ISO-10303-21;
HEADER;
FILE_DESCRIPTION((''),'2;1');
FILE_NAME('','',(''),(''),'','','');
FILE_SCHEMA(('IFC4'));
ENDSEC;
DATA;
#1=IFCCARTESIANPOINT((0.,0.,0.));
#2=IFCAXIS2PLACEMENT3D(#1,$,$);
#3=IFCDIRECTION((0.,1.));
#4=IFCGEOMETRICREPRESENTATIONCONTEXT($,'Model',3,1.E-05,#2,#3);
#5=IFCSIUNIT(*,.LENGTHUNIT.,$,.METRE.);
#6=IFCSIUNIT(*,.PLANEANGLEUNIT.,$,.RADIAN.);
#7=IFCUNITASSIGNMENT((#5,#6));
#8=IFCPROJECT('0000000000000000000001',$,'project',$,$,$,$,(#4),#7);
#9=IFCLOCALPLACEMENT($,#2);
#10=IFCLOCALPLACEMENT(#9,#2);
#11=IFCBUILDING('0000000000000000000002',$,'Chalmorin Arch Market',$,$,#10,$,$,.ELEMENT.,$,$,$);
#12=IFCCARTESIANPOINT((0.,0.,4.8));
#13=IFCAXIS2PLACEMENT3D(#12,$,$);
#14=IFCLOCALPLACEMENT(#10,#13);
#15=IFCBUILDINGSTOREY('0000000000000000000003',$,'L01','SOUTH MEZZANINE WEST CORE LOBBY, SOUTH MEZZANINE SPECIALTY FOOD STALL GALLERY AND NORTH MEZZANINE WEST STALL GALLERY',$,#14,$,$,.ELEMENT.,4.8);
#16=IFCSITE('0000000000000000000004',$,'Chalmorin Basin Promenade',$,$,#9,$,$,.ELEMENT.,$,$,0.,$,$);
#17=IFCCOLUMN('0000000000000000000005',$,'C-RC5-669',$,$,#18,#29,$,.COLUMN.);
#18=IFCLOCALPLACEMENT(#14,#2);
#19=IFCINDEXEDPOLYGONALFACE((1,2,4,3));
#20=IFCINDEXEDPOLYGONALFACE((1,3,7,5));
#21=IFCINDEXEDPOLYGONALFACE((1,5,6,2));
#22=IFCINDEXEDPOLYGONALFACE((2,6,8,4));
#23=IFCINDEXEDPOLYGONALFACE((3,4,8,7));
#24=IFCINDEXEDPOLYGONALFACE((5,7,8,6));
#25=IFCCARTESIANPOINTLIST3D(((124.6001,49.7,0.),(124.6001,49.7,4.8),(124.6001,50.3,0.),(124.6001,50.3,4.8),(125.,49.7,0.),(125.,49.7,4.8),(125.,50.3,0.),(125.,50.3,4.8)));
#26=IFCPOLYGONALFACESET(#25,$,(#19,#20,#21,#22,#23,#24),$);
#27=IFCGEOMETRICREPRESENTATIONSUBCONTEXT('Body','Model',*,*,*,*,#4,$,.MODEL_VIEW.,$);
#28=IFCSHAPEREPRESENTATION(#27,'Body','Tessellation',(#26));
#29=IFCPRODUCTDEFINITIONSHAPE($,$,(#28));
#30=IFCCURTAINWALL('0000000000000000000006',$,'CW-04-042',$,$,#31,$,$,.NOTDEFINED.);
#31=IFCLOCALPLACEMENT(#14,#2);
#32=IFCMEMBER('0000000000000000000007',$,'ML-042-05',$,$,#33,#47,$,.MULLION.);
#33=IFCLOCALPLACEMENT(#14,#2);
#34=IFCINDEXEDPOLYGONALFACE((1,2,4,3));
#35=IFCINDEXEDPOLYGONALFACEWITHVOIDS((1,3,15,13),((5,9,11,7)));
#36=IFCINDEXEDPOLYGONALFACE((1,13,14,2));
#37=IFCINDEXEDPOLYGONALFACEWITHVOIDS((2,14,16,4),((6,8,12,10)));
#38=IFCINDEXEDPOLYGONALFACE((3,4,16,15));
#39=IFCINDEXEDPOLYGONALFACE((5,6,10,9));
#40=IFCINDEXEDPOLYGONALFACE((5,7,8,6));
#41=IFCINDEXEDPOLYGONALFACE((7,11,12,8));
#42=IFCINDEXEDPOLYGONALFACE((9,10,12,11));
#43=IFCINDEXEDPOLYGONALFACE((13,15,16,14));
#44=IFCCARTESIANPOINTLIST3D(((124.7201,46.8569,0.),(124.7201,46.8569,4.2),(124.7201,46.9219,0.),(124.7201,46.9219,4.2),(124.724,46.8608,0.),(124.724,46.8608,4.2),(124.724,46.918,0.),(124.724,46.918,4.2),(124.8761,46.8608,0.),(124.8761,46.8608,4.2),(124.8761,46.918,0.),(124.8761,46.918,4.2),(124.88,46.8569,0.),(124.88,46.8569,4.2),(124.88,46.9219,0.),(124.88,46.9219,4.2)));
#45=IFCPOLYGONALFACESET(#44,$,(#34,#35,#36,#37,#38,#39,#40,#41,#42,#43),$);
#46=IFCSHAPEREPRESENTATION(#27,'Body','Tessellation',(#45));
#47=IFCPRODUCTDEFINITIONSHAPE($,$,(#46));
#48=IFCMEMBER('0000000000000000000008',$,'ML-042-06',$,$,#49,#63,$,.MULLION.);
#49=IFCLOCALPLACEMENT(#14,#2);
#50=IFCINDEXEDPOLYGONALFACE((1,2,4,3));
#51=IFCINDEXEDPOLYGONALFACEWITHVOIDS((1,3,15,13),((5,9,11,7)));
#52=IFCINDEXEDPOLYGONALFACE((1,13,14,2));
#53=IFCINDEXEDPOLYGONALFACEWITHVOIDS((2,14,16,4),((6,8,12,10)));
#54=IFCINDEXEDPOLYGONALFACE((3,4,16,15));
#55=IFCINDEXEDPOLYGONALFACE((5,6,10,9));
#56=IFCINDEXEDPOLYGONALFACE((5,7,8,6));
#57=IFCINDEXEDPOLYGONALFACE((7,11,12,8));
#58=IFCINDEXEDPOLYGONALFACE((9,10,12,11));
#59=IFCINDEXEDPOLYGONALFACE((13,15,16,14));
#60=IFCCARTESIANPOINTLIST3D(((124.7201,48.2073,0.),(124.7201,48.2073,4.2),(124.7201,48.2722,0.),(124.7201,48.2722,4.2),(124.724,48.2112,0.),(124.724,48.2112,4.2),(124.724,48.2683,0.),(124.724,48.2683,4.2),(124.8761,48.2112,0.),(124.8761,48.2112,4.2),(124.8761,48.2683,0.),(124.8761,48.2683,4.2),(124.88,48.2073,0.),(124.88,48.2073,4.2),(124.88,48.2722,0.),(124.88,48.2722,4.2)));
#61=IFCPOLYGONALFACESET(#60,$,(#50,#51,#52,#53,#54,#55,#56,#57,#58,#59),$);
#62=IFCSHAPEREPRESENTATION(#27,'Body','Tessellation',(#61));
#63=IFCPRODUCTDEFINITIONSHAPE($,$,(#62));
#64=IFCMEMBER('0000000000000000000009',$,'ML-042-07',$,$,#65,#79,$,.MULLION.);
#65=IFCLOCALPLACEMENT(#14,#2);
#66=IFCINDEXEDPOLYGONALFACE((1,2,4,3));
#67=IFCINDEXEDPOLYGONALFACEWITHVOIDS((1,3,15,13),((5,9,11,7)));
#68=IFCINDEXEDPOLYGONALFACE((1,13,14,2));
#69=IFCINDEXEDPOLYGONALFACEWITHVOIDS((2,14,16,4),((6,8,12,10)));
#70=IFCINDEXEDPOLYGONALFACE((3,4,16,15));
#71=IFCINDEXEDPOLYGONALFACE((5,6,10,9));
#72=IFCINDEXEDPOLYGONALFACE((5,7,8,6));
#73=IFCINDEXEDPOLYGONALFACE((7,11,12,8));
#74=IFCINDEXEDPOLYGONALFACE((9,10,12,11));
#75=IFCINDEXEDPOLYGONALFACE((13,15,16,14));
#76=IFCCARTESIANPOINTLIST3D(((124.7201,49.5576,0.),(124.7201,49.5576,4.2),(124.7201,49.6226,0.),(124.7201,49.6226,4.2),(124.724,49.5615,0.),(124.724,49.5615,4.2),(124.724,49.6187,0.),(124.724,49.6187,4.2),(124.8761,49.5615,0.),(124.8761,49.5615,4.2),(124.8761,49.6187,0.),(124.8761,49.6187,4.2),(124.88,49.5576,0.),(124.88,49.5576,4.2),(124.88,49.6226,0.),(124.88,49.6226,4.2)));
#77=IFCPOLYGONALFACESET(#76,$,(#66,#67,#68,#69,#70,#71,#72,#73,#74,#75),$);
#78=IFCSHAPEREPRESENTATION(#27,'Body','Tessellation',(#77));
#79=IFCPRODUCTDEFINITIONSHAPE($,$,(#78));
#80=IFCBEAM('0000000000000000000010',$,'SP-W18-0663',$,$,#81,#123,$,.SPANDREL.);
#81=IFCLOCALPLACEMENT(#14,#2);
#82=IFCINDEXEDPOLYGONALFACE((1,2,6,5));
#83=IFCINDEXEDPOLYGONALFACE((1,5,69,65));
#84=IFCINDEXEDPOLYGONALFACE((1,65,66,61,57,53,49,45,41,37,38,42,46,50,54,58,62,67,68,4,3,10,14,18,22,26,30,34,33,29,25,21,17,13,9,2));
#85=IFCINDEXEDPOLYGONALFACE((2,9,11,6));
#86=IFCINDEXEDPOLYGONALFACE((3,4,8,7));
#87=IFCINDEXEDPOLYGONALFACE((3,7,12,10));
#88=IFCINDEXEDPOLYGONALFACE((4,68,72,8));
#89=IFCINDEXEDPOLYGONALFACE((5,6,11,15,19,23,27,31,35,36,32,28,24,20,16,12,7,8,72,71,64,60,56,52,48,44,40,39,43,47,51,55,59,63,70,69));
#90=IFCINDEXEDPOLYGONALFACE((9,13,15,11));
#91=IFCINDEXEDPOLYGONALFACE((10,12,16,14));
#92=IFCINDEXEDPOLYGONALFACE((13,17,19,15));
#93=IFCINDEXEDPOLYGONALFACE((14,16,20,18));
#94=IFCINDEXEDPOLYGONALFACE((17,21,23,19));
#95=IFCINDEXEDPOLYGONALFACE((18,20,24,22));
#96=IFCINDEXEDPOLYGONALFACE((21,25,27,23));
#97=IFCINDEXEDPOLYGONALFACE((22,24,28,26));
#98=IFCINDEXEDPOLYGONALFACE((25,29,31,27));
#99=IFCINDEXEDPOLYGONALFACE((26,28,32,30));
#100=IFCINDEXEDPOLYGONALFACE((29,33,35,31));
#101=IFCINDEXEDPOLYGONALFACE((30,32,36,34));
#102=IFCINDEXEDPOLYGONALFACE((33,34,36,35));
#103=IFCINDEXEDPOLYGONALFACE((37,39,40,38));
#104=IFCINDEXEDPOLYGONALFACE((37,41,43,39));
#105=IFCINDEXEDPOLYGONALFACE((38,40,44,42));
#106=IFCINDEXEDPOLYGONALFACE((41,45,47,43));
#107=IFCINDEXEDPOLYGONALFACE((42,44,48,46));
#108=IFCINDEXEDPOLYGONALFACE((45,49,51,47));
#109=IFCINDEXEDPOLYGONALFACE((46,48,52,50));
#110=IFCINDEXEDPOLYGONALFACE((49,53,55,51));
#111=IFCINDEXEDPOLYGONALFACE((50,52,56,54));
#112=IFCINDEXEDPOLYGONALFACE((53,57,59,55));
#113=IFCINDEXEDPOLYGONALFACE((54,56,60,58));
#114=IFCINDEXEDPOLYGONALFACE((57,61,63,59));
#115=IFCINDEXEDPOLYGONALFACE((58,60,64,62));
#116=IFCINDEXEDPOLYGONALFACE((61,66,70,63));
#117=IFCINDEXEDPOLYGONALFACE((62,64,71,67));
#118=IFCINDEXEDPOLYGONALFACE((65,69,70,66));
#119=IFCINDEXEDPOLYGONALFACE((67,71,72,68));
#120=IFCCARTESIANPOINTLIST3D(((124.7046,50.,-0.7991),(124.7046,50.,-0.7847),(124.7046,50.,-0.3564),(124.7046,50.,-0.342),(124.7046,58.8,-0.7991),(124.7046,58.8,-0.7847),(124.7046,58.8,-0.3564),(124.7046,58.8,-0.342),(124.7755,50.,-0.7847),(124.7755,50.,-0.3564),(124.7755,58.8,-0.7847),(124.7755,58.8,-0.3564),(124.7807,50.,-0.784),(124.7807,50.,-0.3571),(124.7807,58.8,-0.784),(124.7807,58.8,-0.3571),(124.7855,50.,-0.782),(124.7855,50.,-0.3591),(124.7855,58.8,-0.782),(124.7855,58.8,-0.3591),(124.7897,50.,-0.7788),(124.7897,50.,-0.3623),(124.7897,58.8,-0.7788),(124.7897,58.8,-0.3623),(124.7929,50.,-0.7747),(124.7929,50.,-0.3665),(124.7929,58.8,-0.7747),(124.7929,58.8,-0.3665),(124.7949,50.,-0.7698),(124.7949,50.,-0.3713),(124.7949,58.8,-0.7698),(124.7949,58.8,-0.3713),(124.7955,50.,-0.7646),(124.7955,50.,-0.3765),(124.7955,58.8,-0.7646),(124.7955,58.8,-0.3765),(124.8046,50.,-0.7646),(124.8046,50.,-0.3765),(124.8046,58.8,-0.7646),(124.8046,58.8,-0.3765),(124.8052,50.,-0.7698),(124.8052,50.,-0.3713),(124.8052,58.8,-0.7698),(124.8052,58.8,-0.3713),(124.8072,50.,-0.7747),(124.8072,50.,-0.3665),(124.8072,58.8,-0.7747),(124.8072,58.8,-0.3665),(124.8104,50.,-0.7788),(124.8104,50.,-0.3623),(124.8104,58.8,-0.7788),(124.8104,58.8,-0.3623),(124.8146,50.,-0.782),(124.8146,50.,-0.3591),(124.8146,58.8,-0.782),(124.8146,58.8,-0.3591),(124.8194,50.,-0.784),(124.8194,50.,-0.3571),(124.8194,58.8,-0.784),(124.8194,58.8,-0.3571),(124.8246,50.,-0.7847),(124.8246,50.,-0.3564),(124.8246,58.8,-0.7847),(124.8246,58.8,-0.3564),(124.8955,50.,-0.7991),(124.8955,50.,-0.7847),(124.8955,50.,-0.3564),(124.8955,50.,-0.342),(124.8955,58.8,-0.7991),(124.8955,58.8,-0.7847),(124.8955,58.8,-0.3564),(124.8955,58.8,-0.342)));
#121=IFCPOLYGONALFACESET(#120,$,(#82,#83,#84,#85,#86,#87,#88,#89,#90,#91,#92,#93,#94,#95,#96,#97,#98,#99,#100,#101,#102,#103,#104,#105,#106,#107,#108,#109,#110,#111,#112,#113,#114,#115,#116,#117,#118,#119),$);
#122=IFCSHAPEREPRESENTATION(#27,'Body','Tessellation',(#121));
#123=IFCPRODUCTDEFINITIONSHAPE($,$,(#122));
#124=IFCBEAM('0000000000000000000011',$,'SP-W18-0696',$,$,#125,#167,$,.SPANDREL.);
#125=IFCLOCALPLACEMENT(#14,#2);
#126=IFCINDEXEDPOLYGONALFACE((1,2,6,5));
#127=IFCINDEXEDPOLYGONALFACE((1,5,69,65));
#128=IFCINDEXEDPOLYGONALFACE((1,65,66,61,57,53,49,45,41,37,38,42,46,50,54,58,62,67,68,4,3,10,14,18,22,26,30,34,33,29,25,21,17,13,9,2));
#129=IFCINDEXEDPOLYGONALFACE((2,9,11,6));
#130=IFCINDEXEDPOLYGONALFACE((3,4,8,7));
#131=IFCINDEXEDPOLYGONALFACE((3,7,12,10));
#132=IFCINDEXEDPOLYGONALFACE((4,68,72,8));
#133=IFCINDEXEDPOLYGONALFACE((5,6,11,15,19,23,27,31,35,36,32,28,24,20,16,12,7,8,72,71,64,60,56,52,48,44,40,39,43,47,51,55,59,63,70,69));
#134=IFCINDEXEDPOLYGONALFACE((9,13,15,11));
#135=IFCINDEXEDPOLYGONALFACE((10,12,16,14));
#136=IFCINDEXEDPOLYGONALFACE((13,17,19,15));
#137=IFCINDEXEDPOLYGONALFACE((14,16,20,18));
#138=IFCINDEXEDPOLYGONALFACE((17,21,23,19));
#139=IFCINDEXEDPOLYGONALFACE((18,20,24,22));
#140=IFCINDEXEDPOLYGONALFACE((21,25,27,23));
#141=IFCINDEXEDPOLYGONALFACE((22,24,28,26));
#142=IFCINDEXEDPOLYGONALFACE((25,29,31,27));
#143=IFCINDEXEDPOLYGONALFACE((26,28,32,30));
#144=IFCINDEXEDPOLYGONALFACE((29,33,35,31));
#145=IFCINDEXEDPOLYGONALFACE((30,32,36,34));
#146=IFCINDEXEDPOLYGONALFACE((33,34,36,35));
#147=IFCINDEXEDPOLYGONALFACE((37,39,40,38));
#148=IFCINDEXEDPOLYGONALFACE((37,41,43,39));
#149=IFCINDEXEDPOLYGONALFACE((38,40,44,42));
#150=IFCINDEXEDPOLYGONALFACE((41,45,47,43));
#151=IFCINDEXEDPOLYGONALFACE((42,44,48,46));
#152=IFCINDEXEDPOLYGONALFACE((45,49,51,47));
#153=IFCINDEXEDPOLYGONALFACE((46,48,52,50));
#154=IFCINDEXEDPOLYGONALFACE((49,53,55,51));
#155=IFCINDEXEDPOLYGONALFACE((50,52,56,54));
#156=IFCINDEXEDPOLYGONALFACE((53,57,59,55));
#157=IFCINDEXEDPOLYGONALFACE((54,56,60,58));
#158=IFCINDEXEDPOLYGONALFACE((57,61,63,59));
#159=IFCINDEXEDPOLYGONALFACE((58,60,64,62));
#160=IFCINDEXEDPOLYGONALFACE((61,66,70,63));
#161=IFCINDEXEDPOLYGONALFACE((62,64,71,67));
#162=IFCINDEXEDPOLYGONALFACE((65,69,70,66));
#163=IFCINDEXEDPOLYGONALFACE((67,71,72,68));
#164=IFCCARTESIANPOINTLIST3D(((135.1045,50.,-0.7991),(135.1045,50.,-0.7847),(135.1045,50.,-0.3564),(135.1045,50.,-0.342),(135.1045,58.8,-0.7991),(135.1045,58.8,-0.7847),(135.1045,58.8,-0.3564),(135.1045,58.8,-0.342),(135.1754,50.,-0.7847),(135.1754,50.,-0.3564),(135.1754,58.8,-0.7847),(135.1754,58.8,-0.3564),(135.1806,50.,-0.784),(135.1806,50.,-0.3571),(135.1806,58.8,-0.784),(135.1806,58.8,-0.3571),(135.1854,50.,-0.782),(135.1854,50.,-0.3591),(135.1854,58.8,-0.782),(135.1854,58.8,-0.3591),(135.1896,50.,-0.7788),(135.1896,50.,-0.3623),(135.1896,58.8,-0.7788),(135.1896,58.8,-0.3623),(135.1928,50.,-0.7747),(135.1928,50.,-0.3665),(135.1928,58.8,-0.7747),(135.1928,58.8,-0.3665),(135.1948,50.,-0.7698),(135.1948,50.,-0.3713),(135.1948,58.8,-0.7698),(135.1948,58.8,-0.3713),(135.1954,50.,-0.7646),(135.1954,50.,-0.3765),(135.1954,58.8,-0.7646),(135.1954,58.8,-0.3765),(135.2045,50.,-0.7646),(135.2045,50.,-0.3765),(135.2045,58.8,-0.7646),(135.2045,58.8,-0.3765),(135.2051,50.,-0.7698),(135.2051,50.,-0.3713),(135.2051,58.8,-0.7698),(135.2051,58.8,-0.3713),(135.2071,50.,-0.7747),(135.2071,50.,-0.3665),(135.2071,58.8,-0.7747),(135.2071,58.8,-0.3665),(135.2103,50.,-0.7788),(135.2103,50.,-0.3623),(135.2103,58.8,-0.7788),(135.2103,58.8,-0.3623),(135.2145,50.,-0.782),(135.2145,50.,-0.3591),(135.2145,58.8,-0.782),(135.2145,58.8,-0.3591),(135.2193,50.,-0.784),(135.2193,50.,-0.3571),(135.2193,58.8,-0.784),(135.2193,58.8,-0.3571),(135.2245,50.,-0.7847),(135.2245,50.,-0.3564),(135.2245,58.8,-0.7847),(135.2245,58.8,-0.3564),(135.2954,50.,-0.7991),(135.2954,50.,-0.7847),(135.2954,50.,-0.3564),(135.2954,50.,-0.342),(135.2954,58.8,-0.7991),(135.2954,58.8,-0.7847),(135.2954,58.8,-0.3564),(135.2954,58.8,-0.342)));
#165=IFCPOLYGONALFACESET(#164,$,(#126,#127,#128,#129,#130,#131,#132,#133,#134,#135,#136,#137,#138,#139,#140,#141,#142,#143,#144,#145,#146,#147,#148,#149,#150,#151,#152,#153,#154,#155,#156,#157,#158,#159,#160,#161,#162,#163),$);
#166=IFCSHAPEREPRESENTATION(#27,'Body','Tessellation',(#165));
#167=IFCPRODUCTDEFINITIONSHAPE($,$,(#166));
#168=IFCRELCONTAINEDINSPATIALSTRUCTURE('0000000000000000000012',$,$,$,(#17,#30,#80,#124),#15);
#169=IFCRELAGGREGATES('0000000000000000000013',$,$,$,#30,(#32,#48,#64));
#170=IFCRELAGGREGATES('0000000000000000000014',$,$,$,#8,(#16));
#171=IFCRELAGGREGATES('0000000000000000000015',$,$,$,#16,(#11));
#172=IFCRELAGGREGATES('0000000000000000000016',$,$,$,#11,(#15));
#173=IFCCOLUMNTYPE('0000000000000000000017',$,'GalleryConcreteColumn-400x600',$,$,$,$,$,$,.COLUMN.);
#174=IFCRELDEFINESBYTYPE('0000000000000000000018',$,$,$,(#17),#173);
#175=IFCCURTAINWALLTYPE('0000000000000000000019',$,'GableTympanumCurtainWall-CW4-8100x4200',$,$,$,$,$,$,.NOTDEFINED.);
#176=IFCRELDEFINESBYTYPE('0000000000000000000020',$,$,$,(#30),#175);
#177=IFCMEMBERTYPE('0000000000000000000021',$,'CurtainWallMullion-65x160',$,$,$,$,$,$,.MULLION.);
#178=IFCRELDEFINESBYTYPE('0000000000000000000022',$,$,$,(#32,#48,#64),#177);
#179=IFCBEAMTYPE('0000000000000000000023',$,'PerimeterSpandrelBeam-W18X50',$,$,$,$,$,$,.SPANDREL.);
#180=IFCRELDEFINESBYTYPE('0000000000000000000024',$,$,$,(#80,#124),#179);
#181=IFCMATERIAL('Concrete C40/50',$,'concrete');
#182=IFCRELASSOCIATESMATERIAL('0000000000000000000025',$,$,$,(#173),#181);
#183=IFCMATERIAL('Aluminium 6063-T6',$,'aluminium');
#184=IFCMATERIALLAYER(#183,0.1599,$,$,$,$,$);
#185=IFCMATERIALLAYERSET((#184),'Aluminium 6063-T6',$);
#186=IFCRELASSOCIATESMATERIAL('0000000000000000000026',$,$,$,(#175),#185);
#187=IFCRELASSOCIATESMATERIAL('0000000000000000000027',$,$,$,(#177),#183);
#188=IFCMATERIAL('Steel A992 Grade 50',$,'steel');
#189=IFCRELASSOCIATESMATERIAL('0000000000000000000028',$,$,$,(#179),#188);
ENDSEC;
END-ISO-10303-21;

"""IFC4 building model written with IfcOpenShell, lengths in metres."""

from ifc_helpers import new_model, si_unit, direction, frame, origin, origin_2d, place, context, subcontext, project, spatial, rectangle, hollow_rectangle, i_section, extrude, material, layer, layer_set, material_profile, profile_set, type_object, element, aggregate, save


model = new_model("IFC4")

# Units and contexts
model_context = context("Model", 3, precision=1e-05, world=origin(), true_north=direction((0.0, 1.0)))
body_context = subcontext(model_context, "Body", "Model", "MODEL_VIEW")
ifc_project = project(units=[si_unit("LENGTHUNIT", "METRE"), si_unit("PLANEANGLEUNIT", "RADIAN")], contexts=[model_context])

# Site, building, storey
site_placement = place(None, origin())
site = spatial("IfcSite", under=ifc_project, at=site_placement, Name="Chalmorin Basin Promenade", CompositionType="ELEMENT", RefElevation=0.0)
building_placement = place(site_placement, origin())
building = spatial("IfcBuilding", under=site, at=building_placement, Name="Chalmorin Arch Market", CompositionType="ELEMENT")
storey_placement = place(building_placement, frame((0.0, 0.0, 4.8)))
storey = spatial("IfcBuildingStorey", under=building, at=storey_placement, Name="L01", Description="SOUTH MEZZANINE WEST CORE LOBBY, SOUTH MEZZANINE SPECIALTY FOOD STALL GALLERY AND NORTH MEZZANINE WEST STALL GALLERY", CompositionType="ELEMENT", Elevation=4.8)

# Column
ifc_material_1 = material(Name="Concrete C40/50", Category="concrete")
ifc_material_profile_1 = material_profile(ifc_material_1, rectangle(XDim=0.3999, YDim=0.6001, at=origin_2d()), Name="RC400X600")
ifc_profile_set_1 = profile_set([ifc_material_profile_1], Name="Concrete C40/50")
column_type = type_object("IfcColumnType", Name="GalleryConcreteColumn-400x600", PredefinedType="COLUMN", material=ifc_profile_set_1)
column_placement = place(storey_placement, frame((124.8, 50.0, 0.0), z_axis=(0.0, 0.0, 1.0), x_axis=(1.0, 0.0, 0.0)))
element("IfcColumn", 1, at=column_placement, inside=storey, type_object=column_type, Name="C-RC5-669", PredefinedType="COLUMN", context=body_context, shape_type="SweptSolid", body=[
    extrude(rectangle(XDim=0.3999, YDim=0.6001, at=origin_2d()), origin(), (0.0, 0.0, 1.0), 4.8),
])

# Curtain wall, members
ifc_material_2 = material(Name="Aluminium 6063-T6", Category="aluminium")
ifc_layer_1 = layer(ifc_material_2, 0.1599)
ifc_layer_set_1 = layer_set([ifc_layer_1], Name="Aluminium 6063-T6")
curtain_wall_type = type_object("IfcCurtainWallType", Name="GableTympanumCurtainWall-CW4-8100x4200", PredefinedType="NOTDEFINED", material=ifc_layer_set_1)
curtain_wall_placement = place(storey_placement, origin())
curtain_wall = element("IfcCurtainWall", 2, at=curtain_wall_placement, inside=storey, type_object=curtain_wall_type, Name="CW-04-042", PredefinedType="NOTDEFINED")
ifc_material_profile_2 = material_profile(ifc_material_2, hollow_rectangle(XDim=0.0649, YDim=0.1599, WallThickness=0.0039, at=origin_2d()), Name="ALU65X160X4")
ifc_profile_set_2 = profile_set([ifc_material_profile_2], Name="Aluminium 6063-T6")
member_type = type_object("IfcMemberType", Name="CurtainWallMullion-65x160", PredefinedType="MULLION", material=ifc_profile_set_2)
member_1_placement = place(storey_placement, frame((124.8, 46.8894, 0.0), z_axis=(0.0, 0.0, 1.0), x_axis=(0.0, 1.0, 0.0)))
member_1 = element("IfcMember", 3, at=member_1_placement, type_object=member_type, Name="ML-042-05", PredefinedType="MULLION", context=body_context, shape_type="SweptSolid", body=[
    extrude(hollow_rectangle(XDim=0.0649, YDim=0.1599, WallThickness=0.0039, at=origin_2d()), origin(), (0.0, 0.0, 1.0), 4.2),
])
member_2_placement = place(storey_placement, frame((124.8, 48.2397, 0.0), z_axis=(0.0, 0.0, 1.0), x_axis=(0.0, 1.0, 0.0)))
member_2 = element("IfcMember", 4, at=member_2_placement, type_object=member_type, Name="ML-042-06", PredefinedType="MULLION", context=body_context, shape_type="SweptSolid", body=[
    extrude(hollow_rectangle(XDim=0.0649, YDim=0.1599, WallThickness=0.0039, at=origin_2d()), origin(), (0.0, 0.0, 1.0), 4.2),
])
member_3_placement = place(storey_placement, frame((124.8, 49.5901, 0.0), z_axis=(0.0, 0.0, 1.0), x_axis=(0.0, 1.0, 0.0)))
member_3 = element("IfcMember", 5, at=member_3_placement, type_object=member_type, Name="ML-042-07", PredefinedType="MULLION", context=body_context, shape_type="SweptSolid", body=[
    extrude(hollow_rectangle(XDim=0.0649, YDim=0.1599, WallThickness=0.0039, at=origin_2d()), origin(), (0.0, 0.0, 1.0), 4.2),
])

# Beams
ifc_material_3 = material(Name="Steel A992 Grade 50", Category="steel")
ifc_material_profile_3 = material_profile(ifc_material_3, i_section(OverallWidth=0.1909, OverallDepth=0.457, WebThickness=0.009, FlangeThickness=0.0144, FilletRadius=0.02, at=origin_2d()), Name="W18X50")
ifc_profile_set_3 = profile_set([ifc_material_profile_3], Name="Steel A992 Grade 50")
beam_type_1 = type_object("IfcBeamType", Name="PerimeterSpandrelBeam-W18X50", PredefinedType="SPANDREL", material=ifc_profile_set_3)
for number, where, z_axis, x_axis, name in (
    (6, (124.8, 50.0, -0.5706), (0.0, 1.0, 0.0), (-1.0, 0.0, 0.0), "SP-W18-0663"),
    (7, (135.2, 50.0, -0.5706), (0.0, 1.0, 0.0), (-1.0, 0.0, 0.0), "SP-W18-0696"),
):
    element("IfcBeam", number, at=place(storey_placement, frame(where, z_axis=z_axis, x_axis=x_axis)), inside=storey, type_object=beam_type_1, Name=name, PredefinedType="SPANDREL", context=body_context, shape_type="SweptSolid", body=[
        extrude(i_section(OverallWidth=0.1909, OverallDepth=0.457, WebThickness=0.009, FlangeThickness=0.0144, FilletRadius=0.02, at=origin_2d()), origin(), (0.0, 0.0, 1.0), 8.8),
    ])

aggregate(curtain_wall, [member_1, member_2, member_3])

save(model, "model.ifc")
